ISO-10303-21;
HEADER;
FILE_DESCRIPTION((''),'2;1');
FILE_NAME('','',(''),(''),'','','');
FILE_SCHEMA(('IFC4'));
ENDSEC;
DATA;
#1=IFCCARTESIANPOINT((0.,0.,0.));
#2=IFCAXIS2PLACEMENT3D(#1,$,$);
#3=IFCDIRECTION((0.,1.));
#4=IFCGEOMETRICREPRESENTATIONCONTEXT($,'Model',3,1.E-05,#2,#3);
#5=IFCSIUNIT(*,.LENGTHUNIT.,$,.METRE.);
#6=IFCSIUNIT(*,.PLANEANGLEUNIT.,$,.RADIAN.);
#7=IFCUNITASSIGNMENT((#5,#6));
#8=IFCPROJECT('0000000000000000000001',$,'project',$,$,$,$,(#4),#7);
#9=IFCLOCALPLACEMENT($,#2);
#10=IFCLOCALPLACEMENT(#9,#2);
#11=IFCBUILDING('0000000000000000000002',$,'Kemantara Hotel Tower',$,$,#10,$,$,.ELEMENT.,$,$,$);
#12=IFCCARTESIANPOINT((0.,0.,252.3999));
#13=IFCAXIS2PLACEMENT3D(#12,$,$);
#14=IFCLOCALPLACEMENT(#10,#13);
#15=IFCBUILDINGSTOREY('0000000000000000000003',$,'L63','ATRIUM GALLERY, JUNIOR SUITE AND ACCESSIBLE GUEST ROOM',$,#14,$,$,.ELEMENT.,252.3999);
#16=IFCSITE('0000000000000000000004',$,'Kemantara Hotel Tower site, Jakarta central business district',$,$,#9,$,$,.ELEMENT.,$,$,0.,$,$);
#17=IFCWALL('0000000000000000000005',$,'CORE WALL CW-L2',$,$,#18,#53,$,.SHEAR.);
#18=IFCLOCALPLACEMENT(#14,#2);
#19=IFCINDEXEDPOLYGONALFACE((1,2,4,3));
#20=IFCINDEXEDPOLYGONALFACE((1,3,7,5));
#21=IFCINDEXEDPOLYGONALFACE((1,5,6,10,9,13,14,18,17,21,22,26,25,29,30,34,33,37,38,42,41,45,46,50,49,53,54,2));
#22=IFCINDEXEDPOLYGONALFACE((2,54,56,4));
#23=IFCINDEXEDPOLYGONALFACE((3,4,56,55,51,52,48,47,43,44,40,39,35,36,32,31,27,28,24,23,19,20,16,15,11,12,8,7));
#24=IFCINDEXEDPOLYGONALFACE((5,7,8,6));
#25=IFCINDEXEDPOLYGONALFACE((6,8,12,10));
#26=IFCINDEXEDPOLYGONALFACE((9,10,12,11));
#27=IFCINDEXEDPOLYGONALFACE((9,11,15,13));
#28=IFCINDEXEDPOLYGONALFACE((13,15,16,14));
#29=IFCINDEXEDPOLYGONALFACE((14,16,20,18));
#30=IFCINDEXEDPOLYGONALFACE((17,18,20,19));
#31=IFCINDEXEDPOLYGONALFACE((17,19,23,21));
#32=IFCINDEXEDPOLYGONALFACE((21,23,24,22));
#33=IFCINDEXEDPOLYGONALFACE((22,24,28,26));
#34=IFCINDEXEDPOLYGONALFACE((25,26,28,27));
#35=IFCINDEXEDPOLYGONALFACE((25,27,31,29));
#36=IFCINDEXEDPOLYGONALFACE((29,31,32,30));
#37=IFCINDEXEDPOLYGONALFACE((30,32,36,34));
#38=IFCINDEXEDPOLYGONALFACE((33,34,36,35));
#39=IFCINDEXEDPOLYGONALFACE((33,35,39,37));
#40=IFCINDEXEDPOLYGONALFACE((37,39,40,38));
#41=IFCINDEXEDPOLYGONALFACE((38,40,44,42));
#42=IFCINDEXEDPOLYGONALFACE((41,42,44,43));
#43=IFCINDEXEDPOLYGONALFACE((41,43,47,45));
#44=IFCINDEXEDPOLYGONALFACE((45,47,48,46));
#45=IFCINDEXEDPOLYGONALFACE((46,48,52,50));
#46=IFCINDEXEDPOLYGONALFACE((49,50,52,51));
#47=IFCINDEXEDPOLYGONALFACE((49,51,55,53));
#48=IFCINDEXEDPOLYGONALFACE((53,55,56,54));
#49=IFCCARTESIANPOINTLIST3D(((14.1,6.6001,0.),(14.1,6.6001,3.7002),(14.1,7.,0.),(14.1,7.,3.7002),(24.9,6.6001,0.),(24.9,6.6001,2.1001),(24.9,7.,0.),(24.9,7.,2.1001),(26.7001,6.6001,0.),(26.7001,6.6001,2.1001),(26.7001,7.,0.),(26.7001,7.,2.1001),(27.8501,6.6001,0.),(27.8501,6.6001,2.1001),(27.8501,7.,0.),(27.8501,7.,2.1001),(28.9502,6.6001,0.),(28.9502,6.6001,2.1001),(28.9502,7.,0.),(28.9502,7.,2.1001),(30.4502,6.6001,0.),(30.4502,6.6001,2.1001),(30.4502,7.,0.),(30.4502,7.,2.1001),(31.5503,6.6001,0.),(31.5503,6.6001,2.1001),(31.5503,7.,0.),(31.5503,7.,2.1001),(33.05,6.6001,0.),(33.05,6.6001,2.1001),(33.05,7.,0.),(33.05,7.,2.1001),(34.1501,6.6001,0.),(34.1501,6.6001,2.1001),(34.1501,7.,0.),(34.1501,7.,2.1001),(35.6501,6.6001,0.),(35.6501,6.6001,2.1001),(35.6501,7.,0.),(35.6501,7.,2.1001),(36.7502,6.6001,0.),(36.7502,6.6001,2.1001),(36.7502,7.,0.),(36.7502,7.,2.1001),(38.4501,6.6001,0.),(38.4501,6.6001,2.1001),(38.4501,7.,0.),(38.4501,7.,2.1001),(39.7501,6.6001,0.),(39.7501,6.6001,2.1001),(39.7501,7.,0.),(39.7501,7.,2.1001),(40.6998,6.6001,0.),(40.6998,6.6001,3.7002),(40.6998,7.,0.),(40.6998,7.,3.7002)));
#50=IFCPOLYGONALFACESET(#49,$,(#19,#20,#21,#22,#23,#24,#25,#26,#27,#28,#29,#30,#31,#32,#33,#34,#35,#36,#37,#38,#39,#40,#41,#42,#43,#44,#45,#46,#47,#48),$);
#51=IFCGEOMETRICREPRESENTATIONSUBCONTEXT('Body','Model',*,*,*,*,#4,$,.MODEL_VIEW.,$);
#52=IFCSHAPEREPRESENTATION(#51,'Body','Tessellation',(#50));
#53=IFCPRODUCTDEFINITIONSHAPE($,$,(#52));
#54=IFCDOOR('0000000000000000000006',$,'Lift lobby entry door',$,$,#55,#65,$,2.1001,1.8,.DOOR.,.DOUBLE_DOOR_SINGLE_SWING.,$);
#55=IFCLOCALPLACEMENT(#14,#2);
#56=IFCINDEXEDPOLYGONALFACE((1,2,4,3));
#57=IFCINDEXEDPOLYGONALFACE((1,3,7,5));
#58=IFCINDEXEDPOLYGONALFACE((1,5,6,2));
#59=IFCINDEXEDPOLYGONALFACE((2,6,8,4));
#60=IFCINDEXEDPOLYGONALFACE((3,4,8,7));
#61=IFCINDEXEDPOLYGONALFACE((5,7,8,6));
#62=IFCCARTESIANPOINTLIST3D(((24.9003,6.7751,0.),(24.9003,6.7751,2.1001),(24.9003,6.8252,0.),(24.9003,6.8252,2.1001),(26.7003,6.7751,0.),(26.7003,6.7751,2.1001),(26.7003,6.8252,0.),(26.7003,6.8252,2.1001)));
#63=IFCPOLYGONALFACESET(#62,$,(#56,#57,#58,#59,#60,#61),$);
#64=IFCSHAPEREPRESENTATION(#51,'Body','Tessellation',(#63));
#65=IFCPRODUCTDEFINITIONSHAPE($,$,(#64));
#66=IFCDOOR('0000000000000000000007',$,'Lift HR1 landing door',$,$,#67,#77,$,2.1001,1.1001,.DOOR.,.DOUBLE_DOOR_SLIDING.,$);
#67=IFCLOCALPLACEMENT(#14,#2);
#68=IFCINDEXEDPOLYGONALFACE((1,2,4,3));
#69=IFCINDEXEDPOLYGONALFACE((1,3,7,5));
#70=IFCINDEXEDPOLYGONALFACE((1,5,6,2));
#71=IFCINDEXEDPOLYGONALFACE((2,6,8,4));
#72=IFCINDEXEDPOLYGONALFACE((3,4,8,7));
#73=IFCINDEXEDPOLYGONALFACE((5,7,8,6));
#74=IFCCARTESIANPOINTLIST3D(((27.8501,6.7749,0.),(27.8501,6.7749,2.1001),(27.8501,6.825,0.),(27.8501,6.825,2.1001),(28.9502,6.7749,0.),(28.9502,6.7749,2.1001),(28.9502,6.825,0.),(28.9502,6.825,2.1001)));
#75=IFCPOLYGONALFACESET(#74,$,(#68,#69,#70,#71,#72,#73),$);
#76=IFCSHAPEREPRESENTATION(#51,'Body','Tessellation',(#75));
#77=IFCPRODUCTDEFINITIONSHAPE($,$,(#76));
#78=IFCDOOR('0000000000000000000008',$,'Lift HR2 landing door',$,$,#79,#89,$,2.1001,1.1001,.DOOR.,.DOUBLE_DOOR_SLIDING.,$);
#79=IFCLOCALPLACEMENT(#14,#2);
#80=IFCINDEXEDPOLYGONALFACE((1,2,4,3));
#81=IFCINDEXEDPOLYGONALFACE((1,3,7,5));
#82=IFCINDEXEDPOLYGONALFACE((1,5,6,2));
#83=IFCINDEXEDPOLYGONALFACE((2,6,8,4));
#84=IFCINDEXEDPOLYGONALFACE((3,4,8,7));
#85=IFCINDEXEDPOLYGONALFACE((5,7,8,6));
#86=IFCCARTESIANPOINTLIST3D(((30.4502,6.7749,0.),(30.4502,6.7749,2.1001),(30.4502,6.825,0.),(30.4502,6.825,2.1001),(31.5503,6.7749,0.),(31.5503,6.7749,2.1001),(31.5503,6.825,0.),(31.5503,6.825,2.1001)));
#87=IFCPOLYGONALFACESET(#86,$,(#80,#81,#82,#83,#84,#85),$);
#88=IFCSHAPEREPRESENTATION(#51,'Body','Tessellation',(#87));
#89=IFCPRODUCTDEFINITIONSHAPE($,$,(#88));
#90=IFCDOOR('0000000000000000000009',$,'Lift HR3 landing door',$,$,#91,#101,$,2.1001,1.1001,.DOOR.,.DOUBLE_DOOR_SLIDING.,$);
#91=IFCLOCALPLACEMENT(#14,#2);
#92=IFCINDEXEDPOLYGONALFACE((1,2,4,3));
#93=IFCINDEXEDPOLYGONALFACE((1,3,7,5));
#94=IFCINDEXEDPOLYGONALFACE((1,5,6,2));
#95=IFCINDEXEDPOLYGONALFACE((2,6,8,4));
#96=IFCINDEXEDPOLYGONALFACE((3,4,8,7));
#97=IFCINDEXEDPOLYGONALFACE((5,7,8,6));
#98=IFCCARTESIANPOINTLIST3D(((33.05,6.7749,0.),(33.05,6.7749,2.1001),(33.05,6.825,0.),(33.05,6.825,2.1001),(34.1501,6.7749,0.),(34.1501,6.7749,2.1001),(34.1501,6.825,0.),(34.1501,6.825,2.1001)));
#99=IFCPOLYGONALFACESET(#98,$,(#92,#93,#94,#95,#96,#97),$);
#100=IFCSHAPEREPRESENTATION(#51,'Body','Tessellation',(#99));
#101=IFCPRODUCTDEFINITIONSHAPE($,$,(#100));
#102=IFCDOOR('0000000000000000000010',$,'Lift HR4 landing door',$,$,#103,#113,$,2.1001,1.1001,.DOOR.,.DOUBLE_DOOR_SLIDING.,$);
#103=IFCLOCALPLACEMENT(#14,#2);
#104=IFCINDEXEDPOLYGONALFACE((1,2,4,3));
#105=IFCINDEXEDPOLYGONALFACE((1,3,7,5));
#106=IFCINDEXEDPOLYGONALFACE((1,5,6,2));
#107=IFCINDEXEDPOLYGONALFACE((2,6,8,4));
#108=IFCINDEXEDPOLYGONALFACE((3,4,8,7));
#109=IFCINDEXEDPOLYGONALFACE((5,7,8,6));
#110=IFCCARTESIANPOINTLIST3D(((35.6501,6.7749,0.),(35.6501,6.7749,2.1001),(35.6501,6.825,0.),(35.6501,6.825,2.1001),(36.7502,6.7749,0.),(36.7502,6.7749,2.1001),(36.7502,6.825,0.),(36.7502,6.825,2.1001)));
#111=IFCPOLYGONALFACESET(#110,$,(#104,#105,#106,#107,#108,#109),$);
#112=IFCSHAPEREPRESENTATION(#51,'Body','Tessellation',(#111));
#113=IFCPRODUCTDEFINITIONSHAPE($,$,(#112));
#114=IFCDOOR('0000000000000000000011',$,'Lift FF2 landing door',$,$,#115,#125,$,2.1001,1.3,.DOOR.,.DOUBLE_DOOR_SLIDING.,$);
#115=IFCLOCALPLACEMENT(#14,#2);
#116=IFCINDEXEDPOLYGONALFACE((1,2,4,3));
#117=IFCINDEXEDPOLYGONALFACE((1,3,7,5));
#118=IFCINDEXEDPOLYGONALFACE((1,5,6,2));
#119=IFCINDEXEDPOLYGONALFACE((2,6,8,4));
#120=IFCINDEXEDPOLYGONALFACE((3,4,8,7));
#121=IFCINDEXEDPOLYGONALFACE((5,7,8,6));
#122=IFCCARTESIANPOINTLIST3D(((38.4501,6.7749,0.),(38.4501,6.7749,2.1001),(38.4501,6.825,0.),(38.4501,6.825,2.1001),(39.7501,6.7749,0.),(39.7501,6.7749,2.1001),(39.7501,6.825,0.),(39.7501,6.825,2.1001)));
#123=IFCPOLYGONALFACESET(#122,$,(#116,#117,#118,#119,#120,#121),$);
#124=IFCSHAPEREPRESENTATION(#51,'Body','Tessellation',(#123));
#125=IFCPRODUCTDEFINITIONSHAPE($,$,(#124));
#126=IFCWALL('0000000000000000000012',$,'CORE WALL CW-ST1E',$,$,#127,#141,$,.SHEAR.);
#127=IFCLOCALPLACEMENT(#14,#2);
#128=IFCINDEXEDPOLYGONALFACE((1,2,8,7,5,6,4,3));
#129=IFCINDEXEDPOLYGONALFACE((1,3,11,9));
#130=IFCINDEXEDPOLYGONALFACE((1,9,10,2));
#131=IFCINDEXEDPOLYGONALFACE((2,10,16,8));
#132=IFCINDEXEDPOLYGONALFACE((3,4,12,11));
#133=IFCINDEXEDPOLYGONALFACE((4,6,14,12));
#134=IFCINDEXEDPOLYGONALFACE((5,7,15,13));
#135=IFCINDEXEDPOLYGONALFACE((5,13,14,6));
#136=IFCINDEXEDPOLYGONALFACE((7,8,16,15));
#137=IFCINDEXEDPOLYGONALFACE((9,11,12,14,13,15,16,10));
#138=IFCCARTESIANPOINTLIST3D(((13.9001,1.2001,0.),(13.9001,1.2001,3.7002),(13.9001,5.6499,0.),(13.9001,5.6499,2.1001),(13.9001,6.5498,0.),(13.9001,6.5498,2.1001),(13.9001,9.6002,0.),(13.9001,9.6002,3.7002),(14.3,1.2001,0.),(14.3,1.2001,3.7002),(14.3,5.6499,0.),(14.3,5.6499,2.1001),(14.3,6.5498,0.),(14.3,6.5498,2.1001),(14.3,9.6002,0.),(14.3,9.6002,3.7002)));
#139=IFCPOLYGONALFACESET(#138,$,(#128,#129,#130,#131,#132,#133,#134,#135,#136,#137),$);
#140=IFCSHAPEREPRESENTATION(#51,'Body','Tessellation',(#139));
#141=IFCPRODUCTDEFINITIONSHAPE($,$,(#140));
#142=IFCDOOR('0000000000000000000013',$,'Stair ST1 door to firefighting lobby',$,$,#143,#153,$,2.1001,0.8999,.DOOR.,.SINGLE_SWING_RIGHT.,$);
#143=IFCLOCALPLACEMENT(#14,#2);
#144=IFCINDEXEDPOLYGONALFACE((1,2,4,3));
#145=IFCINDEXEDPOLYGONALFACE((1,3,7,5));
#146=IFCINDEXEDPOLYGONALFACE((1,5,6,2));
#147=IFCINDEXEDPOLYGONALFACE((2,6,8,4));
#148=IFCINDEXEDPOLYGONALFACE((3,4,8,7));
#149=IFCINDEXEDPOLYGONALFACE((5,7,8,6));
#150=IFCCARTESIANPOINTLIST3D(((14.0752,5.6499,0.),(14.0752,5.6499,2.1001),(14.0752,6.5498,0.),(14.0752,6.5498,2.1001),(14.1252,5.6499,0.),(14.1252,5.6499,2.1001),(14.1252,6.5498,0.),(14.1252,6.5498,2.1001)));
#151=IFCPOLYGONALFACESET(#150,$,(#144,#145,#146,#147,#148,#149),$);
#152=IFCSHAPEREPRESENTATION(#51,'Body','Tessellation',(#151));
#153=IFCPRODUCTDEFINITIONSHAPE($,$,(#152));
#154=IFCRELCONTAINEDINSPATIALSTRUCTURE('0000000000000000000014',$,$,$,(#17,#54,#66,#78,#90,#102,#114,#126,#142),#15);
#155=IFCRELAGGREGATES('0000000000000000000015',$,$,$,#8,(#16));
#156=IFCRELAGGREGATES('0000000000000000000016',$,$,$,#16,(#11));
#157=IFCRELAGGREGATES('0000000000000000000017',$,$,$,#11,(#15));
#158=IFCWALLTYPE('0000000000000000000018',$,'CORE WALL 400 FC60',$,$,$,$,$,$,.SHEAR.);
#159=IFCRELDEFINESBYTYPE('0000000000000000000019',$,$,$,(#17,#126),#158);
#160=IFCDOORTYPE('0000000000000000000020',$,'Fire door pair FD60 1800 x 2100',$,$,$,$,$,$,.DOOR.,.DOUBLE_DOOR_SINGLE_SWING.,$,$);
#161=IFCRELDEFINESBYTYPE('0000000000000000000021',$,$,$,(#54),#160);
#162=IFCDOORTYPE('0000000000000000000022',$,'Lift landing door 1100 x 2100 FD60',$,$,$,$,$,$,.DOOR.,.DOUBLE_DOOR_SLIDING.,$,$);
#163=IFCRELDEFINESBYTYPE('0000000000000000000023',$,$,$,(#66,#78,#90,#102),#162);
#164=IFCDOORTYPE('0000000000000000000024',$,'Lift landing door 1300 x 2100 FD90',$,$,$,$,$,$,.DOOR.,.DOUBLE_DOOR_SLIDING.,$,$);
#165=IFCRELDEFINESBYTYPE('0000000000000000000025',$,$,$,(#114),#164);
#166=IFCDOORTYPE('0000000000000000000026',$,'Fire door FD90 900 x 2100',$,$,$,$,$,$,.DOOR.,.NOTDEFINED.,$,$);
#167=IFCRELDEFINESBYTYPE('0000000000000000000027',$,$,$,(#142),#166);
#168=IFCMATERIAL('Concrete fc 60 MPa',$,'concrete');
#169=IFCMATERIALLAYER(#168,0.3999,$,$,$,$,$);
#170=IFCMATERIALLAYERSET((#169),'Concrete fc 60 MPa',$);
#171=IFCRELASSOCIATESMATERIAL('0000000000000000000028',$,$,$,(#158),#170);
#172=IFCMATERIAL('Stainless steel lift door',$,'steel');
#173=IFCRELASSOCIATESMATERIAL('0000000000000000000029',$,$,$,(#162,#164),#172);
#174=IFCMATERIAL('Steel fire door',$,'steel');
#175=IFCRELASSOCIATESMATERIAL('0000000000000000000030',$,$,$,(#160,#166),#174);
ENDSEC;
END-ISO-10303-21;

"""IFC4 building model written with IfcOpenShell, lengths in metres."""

from ifc_helpers import new_model, si_unit, direction, frame, frame_2d, origin, place, context, subcontext, project, spatial, rectangle, extrude, material, layer, layer_set, type_object, element, fill, save


model = new_model("IFC4")

# Units and contexts
model_context = context("Model", 3, precision=1e-05, world=origin(), true_north=direction((0.0, 1.0)))
body_context = subcontext(model_context, "Body", "Model", "MODEL_VIEW")
ifc_project = project(units=[si_unit("LENGTHUNIT", "METRE"), si_unit("PLANEANGLEUNIT", "RADIAN")], contexts=[model_context])

# Site, building, storey
site_placement = place(None, origin())
site = spatial("IfcSite", under=ifc_project, at=site_placement, Name="Kemantara Hotel Tower site, Jakarta central business district", CompositionType="ELEMENT", RefElevation=0.0)
building_placement = place(site_placement, origin())
building = spatial("IfcBuilding", under=site, at=building_placement, Name="Kemantara Hotel Tower", CompositionType="ELEMENT")
storey_placement = place(building_placement, frame((0.0, 0.0, 252.3999)))
storey = spatial("IfcBuildingStorey", under=building, at=storey_placement, Name="L63", Description="ATRIUM GALLERY, JUNIOR SUITE AND ACCESSIBLE GUEST ROOM", CompositionType="ELEMENT", Elevation=252.3999)

# Shared definitions
ifc_material_1 = material(Name="Concrete fc 60 MPa", Category="concrete")

# Shared definitions
ifc_layer_1 = layer(ifc_material_1, 0.3999)
ifc_layer_set_1 = layer_set([ifc_layer_1], Name="Concrete fc 60 MPa")
wall_type_1 = type_object("IfcWallType", Name="CORE WALL 400 FC60", PredefinedType="SHEAR", material=ifc_layer_set_1)
ifc_material_2 = material(Name="Steel fire door", Category="steel")

# Wall, openings, doors
ifc_material_3 = material(Name="Stainless steel lift door", Category="steel")
door_type_1 = type_object("IfcDoorType", Name="Lift landing door 1100 x 2100 FD60", OperationType="DOUBLE_DOOR_SLIDING", PredefinedType="DOOR", material=ifc_material_3)
door_type_2 = type_object("IfcDoorType", Name="Lift landing door 1300 x 2100 FD90", OperationType="DOUBLE_DOOR_SLIDING", PredefinedType="DOOR", material=ifc_material_3)
wall_1_placement = place(storey_placement, frame((14.1001, 6.8, 0.0), z_axis=(0.0, 0.0, 1.0), x_axis=(1.0, 0.0, 0.0)))
wall_1 = element("IfcWall", 1, at=wall_1_placement, inside=storey, type_object=wall_type_1, Name="CORE WALL CW-L2", PredefinedType="SHEAR", context=body_context, shape_type="SweptSolid", body=[
    extrude(rectangle(XDim=26.5999, YDim=0.3999, at=frame_2d((13.2998, 0.0))), origin(), (0.0, 0.0, 1.0), 3.7002),
])
opening_1_placement = place(wall_1_placement, frame((10.8, 0.0, 0.0)))
opening_1 = element("IfcOpeningElement", 2, at=opening_1_placement, cuts=wall_1, PredefinedType="OPENING", context=body_context, shape_type="SweptSolid", body=[
    extrude(rectangle(XDim=1.8, YDim=2.1001, at=frame_2d((0.8999, 1.05))), frame((0.0, 0.21, 0.0), z_axis=(0.0, -1.0, 0.0), x_axis=(1.0, 0.0, 0.0)), (0.0, 0.0, 1.0), 0.4199),
])
opening_2_placement = place(wall_1_placement, frame((13.75, 0.0, 0.0)))
opening_2 = element("IfcOpeningElement", 3, at=opening_2_placement, cuts=wall_1, PredefinedType="OPENING", context=body_context, shape_type="SweptSolid", body=[
    extrude(rectangle(XDim=1.1001, YDim=2.1001, at=frame_2d((0.55, 1.05))), frame((0.0, 0.21, 0.0), z_axis=(0.0, -1.0, 0.0), x_axis=(1.0, 0.0, 0.0)), (0.0, 0.0, 1.0), 0.4199),
])
opening_3_placement = place(wall_1_placement, frame((16.3501, 0.0, 0.0)))
opening_3 = element("IfcOpeningElement", 4, at=opening_3_placement, cuts=wall_1, PredefinedType="OPENING", context=body_context, shape_type="SweptSolid", body=[
    extrude(rectangle(XDim=1.1001, YDim=2.1001, at=frame_2d((0.55, 1.05))), frame((0.0, 0.21, 0.0), z_axis=(0.0, -1.0, 0.0), x_axis=(1.0, 0.0, 0.0)), (0.0, 0.0, 1.0), 0.4199),
])
opening_4_placement = place(wall_1_placement, frame((18.95, 0.0, 0.0)))
opening_4 = element("IfcOpeningElement", 5, at=opening_4_placement, cuts=wall_1, PredefinedType="OPENING", context=body_context, shape_type="SweptSolid", body=[
    extrude(rectangle(XDim=1.1001, YDim=2.1001, at=frame_2d((0.55, 1.05))), frame((0.0, 0.21, 0.0), z_axis=(0.0, -1.0, 0.0), x_axis=(1.0, 0.0, 0.0)), (0.0, 0.0, 1.0), 0.4199),
])
opening_5_placement = place(wall_1_placement, frame((21.55, 0.0, 0.0)))
opening_5 = element("IfcOpeningElement", 6, at=opening_5_placement, cuts=wall_1, PredefinedType="OPENING", context=body_context, shape_type="SweptSolid", body=[
    extrude(rectangle(XDim=1.1001, YDim=2.1001, at=frame_2d((0.55, 1.05))), frame((0.0, 0.21, 0.0), z_axis=(0.0, -1.0, 0.0), x_axis=(1.0, 0.0, 0.0)), (0.0, 0.0, 1.0), 0.4199),
])
opening_6_placement = place(wall_1_placement, frame((24.3501, 0.0, 0.0)))
opening_6 = element("IfcOpeningElement", 7, at=opening_6_placement, cuts=wall_1, PredefinedType="OPENING", context=body_context, shape_type="SweptSolid", body=[
    extrude(rectangle(XDim=1.3, YDim=2.1001, at=frame_2d((0.6499, 1.05))), frame((0.0, 0.21, 0.0), z_axis=(0.0, -1.0, 0.0), x_axis=(1.0, 0.0, 0.0)), (0.0, 0.0, 1.0), 0.4199),
])
door_type_3 = type_object("IfcDoorType", Name="Fire door pair FD60 1800 x 2100", OperationType="DOUBLE_DOOR_SINGLE_SWING", PredefinedType="DOOR", material=ifc_material_2)
door_1_placement = place(opening_1_placement, frame((1.8, 0.0, 0.0), z_axis=(0.0, 0.0, 1.0), x_axis=(-1.0, 0.0, 0.0)))
door_1 = element("IfcDoor", 8, at=door_1_placement, inside=storey, type_object=door_type_3, Name="Lift lobby entry door", OperationType="DOUBLE_DOOR_SINGLE_SWING", OverallHeight=2.1001, OverallWidth=1.8, PredefinedType="DOOR", context=body_context, shape_type="SweptSolid", body=[
    extrude(rectangle(XDim=1.8, YDim=2.1001, at=frame_2d((0.8999, 1.05))), frame((0.0, 0.0249, 0.0), z_axis=(0.0, -1.0, 0.0), x_axis=(1.0, 0.0, 0.0)), (0.0, 0.0, 1.0), 0.05),
])
fill(opening_1, door_1)
door_2_placement = place(opening_2_placement, origin())
door_2 = element("IfcDoor", 9, at=door_2_placement, inside=storey, type_object=door_type_1, Name="Lift HR1 landing door", OperationType="DOUBLE_DOOR_SLIDING", OverallHeight=2.1001, OverallWidth=1.1001, PredefinedType="DOOR", context=body_context, shape_type="SweptSolid", body=[
    extrude(rectangle(XDim=1.1001, YDim=2.1001, at=frame_2d((0.55, 1.05))), frame((0.0, 0.0249, 0.0), z_axis=(0.0, -1.0, 0.0), x_axis=(1.0, 0.0, 0.0)), (0.0, 0.0, 1.0), 0.05),
])
fill(opening_2, door_2)
door_3_placement = place(opening_3_placement, origin())
door_3 = element("IfcDoor", 10, at=door_3_placement, inside=storey, type_object=door_type_1, Name="Lift HR2 landing door", OperationType="DOUBLE_DOOR_SLIDING", OverallHeight=2.1001, OverallWidth=1.1001, PredefinedType="DOOR", context=body_context, shape_type="SweptSolid", body=[
    extrude(rectangle(XDim=1.1001, YDim=2.1001, at=frame_2d((0.55, 1.05))), frame((0.0, 0.0249, 0.0), z_axis=(0.0, -1.0, 0.0), x_axis=(1.0, 0.0, 0.0)), (0.0, 0.0, 1.0), 0.05),
])
fill(opening_3, door_3)
door_4_placement = place(opening_4_placement, origin())
door_4 = element("IfcDoor", 11, at=door_4_placement, inside=storey, type_object=door_type_1, Name="Lift HR3 landing door", OperationType="DOUBLE_DOOR_SLIDING", OverallHeight=2.1001, OverallWidth=1.1001, PredefinedType="DOOR", context=body_context, shape_type="SweptSolid", body=[
    extrude(rectangle(XDim=1.1001, YDim=2.1001, at=frame_2d((0.55, 1.05))), frame((0.0, 0.0249, 0.0), z_axis=(0.0, -1.0, 0.0), x_axis=(1.0, 0.0, 0.0)), (0.0, 0.0, 1.0), 0.05),
])
fill(opening_4, door_4)
door_5_placement = place(opening_5_placement, origin())
door_5 = element("IfcDoor", 12, at=door_5_placement, inside=storey, type_object=door_type_1, Name="Lift HR4 landing door", OperationType="DOUBLE_DOOR_SLIDING", OverallHeight=2.1001, OverallWidth=1.1001, PredefinedType="DOOR", context=body_context, shape_type="SweptSolid", body=[
    extrude(rectangle(XDim=1.1001, YDim=2.1001, at=frame_2d((0.55, 1.05))), frame((0.0, 0.0249, 0.0), z_axis=(0.0, -1.0, 0.0), x_axis=(1.0, 0.0, 0.0)), (0.0, 0.0, 1.0), 0.05),
])
fill(opening_5, door_5)
door_6_placement = place(opening_6_placement, origin())
door_6 = element("IfcDoor", 13, at=door_6_placement, inside=storey, type_object=door_type_2, Name="Lift FF2 landing door", OperationType="DOUBLE_DOOR_SLIDING", OverallHeight=2.1001, OverallWidth=1.3, PredefinedType="DOOR", context=body_context, shape_type="SweptSolid", body=[
    extrude(rectangle(XDim=1.3, YDim=2.1001, at=frame_2d((0.6499, 1.05))), frame((0.0, 0.0249, 0.0), z_axis=(0.0, -1.0, 0.0), x_axis=(1.0, 0.0, 0.0)), (0.0, 0.0, 1.0), 0.05),
])
fill(opening_6, door_6)

# Wall, opening, door
wall_2_placement = place(storey_placement, frame((14.1001, 1.2, 0.0), z_axis=(0.0, 0.0, 1.0), x_axis=(0.0, 1.0, 0.0)))
wall_2 = element("IfcWall", 14, at=wall_2_placement, inside=storey, type_object=wall_type_1, Name="CORE WALL CW-ST1E", PredefinedType="SHEAR", context=body_context, shape_type="SweptSolid", body=[
    extrude(rectangle(XDim=8.4001, YDim=0.3999, at=frame_2d((4.2002, 0.0))), origin(), (0.0, 0.0, 1.0), 3.7002),
])
opening_7_placement = place(wall_2_placement, frame((4.45, 0.0, 0.0)))
opening_7 = element("IfcOpeningElement", 15, at=opening_7_placement, cuts=wall_2, PredefinedType="OPENING", context=body_context, shape_type="SweptSolid", body=[
    extrude(rectangle(XDim=0.8999, YDim=2.1001, at=frame_2d((0.45, 1.05))), frame((0.0, 0.21, 0.0), z_axis=(0.0, -1.0, 0.0), x_axis=(1.0, 0.0, 0.0)), (0.0, 0.0, 1.0), 0.4199),
])
door_type_4 = type_object("IfcDoorType", Name="Fire door FD90 900 x 2100", OperationType="NOTDEFINED", PredefinedType="DOOR", material=ifc_material_2)
door_7_placement = place(opening_7_placement, origin())
door_7 = element("IfcDoor", 16, at=door_7_placement, inside=storey, type_object=door_type_4, Name="Stair ST1 door to firefighting lobby", OperationType="SINGLE_SWING_RIGHT", OverallHeight=2.1001, OverallWidth=0.8999, PredefinedType="DOOR", context=body_context, shape_type="SweptSolid", body=[
    extrude(rectangle(XDim=0.8999, YDim=2.1001, at=frame_2d((0.45, 1.05))), frame((0.0, 0.0249, 0.0), z_axis=(0.0, -1.0, 0.0), x_axis=(1.0, 0.0, 0.0)), (0.0, 0.0, 1.0), 0.05),
])
fill(opening_7, door_7)

save(model, "model.ifc")
